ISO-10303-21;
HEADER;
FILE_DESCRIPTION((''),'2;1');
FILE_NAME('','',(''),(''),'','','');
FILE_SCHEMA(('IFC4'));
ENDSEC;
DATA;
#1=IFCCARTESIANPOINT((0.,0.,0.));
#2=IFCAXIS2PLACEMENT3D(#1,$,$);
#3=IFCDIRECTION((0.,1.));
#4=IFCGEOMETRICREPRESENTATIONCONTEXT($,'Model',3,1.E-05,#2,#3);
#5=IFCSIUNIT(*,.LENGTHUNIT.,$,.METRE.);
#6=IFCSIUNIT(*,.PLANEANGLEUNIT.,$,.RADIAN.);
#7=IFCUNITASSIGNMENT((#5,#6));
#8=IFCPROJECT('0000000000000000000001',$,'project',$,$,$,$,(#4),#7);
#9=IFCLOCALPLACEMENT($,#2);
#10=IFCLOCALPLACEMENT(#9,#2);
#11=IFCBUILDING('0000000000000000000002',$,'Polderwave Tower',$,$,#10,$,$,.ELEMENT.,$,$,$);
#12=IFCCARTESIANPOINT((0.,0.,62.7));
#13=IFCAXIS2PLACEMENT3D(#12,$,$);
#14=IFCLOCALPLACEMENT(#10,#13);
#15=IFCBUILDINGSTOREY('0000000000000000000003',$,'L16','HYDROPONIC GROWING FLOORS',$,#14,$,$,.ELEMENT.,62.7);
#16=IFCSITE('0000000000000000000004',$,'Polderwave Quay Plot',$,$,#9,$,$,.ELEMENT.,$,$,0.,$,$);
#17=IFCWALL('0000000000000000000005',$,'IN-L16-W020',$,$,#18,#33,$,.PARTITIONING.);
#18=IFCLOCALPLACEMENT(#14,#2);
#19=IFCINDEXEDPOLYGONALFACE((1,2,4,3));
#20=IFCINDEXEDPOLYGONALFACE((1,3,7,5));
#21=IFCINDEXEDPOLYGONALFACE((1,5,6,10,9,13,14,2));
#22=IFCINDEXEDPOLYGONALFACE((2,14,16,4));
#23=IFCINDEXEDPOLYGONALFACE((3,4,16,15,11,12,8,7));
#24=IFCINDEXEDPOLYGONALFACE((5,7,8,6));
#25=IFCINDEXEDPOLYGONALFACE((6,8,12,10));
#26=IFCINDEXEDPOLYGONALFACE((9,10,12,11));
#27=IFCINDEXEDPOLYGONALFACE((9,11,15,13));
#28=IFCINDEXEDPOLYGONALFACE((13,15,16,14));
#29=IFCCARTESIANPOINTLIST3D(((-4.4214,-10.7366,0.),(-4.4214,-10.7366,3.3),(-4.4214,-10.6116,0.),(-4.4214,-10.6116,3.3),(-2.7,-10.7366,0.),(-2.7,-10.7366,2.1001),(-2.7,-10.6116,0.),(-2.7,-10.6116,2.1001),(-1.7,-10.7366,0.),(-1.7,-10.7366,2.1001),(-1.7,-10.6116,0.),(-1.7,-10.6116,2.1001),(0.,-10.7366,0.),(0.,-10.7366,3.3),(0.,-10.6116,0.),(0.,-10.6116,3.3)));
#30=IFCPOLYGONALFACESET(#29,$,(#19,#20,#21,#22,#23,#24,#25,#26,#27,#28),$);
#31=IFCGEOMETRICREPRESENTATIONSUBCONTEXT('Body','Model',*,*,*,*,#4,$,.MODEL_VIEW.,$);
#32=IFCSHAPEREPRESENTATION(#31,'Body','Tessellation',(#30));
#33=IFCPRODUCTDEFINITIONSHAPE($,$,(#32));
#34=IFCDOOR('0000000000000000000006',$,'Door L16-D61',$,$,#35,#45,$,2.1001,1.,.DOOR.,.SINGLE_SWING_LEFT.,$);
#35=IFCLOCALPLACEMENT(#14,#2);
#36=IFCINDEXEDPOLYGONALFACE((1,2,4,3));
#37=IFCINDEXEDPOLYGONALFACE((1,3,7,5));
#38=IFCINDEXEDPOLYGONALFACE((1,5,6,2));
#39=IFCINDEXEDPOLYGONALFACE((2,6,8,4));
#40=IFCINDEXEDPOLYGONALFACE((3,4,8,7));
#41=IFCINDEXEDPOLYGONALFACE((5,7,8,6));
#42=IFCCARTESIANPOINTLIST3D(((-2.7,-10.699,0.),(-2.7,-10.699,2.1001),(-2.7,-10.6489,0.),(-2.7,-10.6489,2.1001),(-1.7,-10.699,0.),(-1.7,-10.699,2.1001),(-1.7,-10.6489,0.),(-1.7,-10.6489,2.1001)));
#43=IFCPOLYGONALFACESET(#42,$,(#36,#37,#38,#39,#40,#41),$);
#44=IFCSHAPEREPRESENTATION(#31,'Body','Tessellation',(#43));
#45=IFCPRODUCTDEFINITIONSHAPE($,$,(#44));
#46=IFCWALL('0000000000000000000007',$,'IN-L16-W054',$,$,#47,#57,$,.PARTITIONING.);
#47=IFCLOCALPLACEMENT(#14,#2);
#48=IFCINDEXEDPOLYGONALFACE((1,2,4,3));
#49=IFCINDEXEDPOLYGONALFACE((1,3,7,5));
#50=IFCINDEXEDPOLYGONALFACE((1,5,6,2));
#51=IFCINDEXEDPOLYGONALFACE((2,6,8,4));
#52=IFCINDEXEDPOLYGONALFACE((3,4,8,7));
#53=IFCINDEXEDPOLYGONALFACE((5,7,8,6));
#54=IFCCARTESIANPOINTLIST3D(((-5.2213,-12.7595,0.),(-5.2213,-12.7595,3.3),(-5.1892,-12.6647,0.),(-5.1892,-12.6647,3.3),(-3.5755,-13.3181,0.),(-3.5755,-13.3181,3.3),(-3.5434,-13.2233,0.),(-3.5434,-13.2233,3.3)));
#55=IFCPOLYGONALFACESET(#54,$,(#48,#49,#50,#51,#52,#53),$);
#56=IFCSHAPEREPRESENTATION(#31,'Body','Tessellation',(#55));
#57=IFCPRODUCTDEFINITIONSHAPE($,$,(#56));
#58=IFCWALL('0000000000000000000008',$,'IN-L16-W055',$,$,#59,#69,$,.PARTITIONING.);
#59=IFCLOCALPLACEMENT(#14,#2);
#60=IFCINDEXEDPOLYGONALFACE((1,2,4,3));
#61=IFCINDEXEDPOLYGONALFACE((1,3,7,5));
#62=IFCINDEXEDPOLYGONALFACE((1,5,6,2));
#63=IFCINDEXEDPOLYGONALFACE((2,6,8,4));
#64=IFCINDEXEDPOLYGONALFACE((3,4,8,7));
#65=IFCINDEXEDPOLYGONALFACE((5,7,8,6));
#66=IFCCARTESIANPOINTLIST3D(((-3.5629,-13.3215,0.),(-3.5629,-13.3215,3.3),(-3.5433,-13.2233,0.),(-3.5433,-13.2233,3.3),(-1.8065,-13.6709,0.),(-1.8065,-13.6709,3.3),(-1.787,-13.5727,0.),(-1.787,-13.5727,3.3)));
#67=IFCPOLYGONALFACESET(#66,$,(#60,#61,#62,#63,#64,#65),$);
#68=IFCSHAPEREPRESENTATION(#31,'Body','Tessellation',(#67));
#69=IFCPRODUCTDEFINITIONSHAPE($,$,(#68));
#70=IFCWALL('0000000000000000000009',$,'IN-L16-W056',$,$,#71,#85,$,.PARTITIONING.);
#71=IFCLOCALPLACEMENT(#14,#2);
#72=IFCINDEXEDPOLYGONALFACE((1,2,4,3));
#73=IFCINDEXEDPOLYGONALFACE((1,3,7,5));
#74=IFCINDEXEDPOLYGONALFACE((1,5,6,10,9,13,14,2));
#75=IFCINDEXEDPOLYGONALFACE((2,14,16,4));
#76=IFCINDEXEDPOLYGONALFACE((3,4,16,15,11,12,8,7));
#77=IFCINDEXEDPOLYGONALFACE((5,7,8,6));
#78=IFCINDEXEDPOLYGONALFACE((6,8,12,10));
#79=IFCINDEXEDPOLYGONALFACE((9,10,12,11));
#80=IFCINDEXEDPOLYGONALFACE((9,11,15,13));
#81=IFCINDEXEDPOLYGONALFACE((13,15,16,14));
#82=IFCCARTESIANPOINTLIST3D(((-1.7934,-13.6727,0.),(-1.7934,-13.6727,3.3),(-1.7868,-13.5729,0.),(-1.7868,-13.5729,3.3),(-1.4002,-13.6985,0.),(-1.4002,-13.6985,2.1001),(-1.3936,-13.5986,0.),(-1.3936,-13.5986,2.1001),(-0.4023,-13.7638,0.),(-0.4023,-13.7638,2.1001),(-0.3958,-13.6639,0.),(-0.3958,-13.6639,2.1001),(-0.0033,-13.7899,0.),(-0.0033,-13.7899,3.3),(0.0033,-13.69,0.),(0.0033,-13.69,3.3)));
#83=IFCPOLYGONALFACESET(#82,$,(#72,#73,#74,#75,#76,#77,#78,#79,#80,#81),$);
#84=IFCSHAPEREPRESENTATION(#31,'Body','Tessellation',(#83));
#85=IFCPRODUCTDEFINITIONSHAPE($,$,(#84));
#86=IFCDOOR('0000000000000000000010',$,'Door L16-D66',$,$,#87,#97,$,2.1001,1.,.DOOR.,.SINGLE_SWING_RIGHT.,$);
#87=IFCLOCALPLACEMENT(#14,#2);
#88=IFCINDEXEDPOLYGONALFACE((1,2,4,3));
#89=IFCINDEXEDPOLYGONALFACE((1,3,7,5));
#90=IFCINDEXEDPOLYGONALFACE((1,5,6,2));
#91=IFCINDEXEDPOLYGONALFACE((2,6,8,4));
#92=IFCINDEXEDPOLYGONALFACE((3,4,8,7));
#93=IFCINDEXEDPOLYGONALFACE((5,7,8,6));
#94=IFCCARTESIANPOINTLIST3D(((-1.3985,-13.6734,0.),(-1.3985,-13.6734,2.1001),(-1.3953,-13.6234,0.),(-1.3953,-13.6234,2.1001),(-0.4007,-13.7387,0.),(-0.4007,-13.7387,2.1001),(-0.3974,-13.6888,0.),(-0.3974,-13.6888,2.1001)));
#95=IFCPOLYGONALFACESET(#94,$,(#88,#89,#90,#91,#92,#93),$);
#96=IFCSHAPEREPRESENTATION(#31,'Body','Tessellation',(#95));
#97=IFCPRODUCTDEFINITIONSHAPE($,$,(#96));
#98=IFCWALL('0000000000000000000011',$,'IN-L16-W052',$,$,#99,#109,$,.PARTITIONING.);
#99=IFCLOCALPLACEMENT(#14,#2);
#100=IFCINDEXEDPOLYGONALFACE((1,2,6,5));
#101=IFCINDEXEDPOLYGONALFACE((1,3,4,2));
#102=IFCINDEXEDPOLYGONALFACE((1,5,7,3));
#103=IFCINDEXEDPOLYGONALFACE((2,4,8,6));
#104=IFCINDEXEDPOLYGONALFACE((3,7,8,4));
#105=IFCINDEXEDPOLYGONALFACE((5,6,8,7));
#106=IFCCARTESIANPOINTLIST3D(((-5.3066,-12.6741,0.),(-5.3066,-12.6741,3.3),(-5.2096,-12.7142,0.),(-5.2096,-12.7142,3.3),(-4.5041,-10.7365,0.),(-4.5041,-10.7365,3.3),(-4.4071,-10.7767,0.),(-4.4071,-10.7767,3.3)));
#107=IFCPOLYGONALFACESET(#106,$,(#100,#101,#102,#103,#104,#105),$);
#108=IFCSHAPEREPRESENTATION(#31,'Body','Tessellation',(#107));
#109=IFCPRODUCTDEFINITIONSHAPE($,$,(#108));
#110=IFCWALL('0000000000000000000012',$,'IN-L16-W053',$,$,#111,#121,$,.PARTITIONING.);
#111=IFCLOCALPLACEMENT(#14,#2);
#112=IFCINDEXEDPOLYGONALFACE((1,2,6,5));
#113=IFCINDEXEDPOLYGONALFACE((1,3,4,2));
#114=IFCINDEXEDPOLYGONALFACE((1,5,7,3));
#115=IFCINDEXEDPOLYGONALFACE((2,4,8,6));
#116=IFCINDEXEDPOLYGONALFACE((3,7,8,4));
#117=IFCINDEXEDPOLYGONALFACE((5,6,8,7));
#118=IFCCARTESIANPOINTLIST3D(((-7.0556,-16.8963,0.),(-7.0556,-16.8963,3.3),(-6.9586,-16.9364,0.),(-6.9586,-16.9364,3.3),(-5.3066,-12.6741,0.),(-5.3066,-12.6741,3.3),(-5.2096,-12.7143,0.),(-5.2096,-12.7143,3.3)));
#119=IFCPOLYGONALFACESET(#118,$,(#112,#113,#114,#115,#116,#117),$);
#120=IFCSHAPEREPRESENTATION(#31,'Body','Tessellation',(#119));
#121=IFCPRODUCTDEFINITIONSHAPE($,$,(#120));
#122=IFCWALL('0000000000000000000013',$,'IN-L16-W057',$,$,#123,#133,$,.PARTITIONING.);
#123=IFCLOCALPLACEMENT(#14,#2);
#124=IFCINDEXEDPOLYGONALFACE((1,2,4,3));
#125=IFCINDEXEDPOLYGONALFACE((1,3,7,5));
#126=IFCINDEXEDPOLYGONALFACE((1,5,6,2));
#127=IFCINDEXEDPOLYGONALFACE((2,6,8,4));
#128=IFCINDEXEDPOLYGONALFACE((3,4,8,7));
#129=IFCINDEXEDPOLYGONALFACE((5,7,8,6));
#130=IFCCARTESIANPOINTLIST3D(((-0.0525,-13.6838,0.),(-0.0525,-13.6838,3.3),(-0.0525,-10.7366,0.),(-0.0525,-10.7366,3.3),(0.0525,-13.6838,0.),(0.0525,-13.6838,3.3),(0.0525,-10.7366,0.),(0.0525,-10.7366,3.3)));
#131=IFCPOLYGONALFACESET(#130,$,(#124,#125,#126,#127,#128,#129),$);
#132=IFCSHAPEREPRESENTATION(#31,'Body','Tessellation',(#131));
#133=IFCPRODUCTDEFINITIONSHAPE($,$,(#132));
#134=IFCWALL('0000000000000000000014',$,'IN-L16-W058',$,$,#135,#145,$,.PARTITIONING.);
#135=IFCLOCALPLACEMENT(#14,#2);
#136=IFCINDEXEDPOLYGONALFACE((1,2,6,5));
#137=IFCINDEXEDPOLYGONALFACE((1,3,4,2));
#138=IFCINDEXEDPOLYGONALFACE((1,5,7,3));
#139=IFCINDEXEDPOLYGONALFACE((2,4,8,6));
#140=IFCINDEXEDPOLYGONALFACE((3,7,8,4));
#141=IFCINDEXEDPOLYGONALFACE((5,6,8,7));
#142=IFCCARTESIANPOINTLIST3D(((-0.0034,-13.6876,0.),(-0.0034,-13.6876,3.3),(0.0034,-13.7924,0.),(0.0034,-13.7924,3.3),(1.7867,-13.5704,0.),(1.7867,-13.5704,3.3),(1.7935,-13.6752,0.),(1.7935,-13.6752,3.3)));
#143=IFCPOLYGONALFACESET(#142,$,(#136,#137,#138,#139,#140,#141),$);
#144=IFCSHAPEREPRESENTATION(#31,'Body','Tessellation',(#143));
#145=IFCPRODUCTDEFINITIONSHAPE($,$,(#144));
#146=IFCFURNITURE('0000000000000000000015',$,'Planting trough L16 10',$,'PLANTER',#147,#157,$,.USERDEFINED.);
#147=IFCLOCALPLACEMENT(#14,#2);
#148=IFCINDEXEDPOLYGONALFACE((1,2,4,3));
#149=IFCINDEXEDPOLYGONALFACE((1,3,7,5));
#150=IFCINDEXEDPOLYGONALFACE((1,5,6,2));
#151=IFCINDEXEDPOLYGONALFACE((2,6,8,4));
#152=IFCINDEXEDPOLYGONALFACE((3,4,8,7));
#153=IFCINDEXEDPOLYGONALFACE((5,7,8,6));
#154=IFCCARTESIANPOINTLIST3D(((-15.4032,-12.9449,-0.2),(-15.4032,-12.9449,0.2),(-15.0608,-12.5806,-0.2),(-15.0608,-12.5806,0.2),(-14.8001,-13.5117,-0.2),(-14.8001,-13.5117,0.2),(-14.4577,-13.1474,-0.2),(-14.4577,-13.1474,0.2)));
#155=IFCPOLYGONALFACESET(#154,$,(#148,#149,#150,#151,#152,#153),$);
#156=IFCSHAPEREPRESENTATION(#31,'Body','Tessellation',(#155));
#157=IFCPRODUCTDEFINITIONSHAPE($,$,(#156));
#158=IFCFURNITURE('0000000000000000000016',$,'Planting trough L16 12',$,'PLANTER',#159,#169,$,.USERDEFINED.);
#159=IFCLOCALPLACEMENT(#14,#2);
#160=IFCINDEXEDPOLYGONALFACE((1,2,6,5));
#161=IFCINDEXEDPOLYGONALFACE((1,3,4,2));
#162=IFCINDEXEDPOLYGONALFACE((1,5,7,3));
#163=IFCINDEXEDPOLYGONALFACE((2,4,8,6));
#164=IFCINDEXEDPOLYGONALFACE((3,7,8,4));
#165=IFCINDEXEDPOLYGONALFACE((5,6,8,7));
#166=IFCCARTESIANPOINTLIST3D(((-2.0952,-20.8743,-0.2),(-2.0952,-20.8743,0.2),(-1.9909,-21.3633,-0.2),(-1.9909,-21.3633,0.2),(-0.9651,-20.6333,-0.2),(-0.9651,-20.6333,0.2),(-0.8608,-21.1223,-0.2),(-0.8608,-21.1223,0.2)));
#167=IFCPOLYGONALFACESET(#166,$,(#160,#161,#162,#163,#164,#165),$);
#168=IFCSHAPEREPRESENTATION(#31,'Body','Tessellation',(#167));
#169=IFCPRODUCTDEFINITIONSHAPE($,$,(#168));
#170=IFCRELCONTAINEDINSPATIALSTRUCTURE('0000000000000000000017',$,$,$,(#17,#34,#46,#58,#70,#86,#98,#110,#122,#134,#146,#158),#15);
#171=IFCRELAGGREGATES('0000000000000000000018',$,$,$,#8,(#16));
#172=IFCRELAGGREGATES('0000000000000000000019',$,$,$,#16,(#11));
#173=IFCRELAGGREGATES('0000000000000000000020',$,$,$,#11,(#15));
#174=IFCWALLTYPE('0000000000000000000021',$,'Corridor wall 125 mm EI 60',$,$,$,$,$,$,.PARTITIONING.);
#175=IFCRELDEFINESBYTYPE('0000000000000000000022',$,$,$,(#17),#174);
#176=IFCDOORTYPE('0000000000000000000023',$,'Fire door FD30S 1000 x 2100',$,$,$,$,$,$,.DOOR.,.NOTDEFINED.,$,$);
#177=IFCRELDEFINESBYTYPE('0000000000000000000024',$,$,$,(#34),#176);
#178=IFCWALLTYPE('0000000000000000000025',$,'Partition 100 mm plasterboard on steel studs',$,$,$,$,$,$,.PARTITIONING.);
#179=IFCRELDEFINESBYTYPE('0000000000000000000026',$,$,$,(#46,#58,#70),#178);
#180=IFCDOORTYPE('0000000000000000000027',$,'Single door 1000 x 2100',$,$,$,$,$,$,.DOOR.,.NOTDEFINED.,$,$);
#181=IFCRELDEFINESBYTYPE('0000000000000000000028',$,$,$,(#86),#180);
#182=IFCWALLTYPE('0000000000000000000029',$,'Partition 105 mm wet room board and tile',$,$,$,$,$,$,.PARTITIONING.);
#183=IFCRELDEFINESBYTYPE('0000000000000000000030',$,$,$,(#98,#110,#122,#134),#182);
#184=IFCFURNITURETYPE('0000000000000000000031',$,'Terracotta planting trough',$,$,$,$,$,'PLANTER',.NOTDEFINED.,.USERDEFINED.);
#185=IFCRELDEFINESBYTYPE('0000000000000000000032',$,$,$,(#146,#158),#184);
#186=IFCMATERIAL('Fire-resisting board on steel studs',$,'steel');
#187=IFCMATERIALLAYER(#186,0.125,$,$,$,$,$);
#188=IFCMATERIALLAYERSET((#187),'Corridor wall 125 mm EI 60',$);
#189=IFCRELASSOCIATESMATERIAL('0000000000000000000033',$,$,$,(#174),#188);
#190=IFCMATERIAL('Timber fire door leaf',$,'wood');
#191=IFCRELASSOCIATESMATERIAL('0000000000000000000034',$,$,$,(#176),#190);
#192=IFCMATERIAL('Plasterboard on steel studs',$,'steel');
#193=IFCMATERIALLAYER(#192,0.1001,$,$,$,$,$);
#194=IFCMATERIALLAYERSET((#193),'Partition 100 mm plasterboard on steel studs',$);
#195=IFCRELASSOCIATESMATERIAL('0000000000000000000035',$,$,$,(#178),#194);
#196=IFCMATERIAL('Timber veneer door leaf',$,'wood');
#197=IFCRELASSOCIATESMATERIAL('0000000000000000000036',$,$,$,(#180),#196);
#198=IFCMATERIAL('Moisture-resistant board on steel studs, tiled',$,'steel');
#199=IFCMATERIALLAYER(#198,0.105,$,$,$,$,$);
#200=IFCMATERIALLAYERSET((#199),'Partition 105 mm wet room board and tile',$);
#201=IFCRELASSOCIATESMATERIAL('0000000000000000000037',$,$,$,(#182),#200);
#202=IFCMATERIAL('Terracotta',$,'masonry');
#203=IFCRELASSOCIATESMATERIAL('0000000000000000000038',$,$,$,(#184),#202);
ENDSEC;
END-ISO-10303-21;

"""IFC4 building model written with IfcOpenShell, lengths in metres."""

from ifc_helpers import new_model, si_unit, direction, frame, frame_2d, origin, origin_2d, place, context, subcontext, project, spatial, rectangle, extrude, material, layer, layer_set, type_object, element, fill, save


model = new_model("IFC4")

# Units and contexts
model_context = context("Model", 3, precision=1e-05, world=origin(), true_north=direction((0.0, 1.0)))
body_context = subcontext(model_context, "Body", "Model", "MODEL_VIEW")
ifc_project = project(units=[si_unit("LENGTHUNIT", "METRE"), si_unit("PLANEANGLEUNIT", "RADIAN")], contexts=[model_context])

# Site, building, storey
site_placement = place(None, origin())
site = spatial("IfcSite", under=ifc_project, at=site_placement, Name="Polderwave Quay Plot", CompositionType="ELEMENT", RefElevation=0.0)
building_placement = place(site_placement, origin())
building = spatial("IfcBuilding", under=site, at=building_placement, Name="Polderwave Tower", CompositionType="ELEMENT")
storey_placement = place(building_placement, frame((0.0, 0.0, 62.7)))
storey = spatial("IfcBuildingStorey", under=building, at=storey_placement, Name="L16", Description="HYDROPONIC GROWING FLOORS", CompositionType="ELEMENT", Elevation=62.7)

# Shared definitions
ifc_material_1 = material(Name="Fire-resisting board on steel studs", Category="steel")
ifc_layer_1 = layer(ifc_material_1, 0.125)
ifc_layer_set_1 = layer_set([ifc_layer_1], Name="Corridor wall 125 mm EI 60")
wall_type_1 = type_object("IfcWallType", Name="Corridor wall 125 mm EI 60", PredefinedType="PARTITIONING", material=ifc_layer_set_1)

# Wall, opening, door
wall_1_placement = place(storey_placement, frame((0.0, -10.6741, 0.0), z_axis=(0.0, 0.0, 1.0), x_axis=(-1.0, 0.0, 0.0)))
wall_1 = element("IfcWall", 1, at=wall_1_placement, inside=storey, type_object=wall_type_1, Name="IN-L16-W020", PredefinedType="PARTITIONING", context=body_context, shape_type="SweptSolid", body=[
    extrude(rectangle(XDim=4.4214, YDim=0.125, at=frame_2d((2.2107, 0.0))), origin(), (0.0, 0.0, 1.0), 3.3),
])
opening_1_placement = place(wall_1_placement, frame((1.7, 0.0, 0.0)))
opening_1 = element("IfcOpeningElement", 2, at=opening_1_placement, cuts=wall_1, PredefinedType="OPENING", context=body_context, shape_type="SweptSolid", body=[
    extrude(rectangle(XDim=1.0, YDim=2.1001, at=frame_2d((0.5, 1.05))), frame((0.0, 0.0725, 0.0), z_axis=(0.0, -1.0, 0.0), x_axis=(1.0, 0.0, 0.0)), (0.0, 0.0, 1.0), 0.145),
])
ifc_material_2 = material(Name="Timber fire door leaf", Category="wood")
door_type_1 = type_object("IfcDoorType", Name="Fire door FD30S 1000 x 2100", OperationType="NOTDEFINED", PredefinedType="DOOR", material=ifc_material_2)
door_1_placement = place(opening_1_placement, origin())
door_1 = element("IfcDoor", 3, at=door_1_placement, inside=storey, type_object=door_type_1, Name="Door L16-D61", OperationType="SINGLE_SWING_LEFT", OverallHeight=2.1001, OverallWidth=1.0, PredefinedType="DOOR", context=body_context, shape_type="SweptSolid", body=[
    extrude(rectangle(XDim=1.0, YDim=2.1001, at=frame_2d((0.5, 1.05))), frame((0.0, 0.0249, 0.0), z_axis=(0.0, -1.0, 0.0), x_axis=(1.0, 0.0, 0.0)), (0.0, 0.0, 1.0), 0.05),
])
fill(opening_1, door_1)

# Walls
ifc_material_3 = material(Name="Plasterboard on steel studs", Category="steel")
ifc_layer_2 = layer(ifc_material_3, 0.1001)
ifc_layer_set_2 = layer_set([ifc_layer_2], Name="Partition 100 mm plasterboard on steel studs")
wall_type_2 = type_object("IfcWallType", Name="Partition 100 mm plasterboard on steel studs", PredefinedType="PARTITIONING", material=ifc_layer_set_2)
wall_2_placement = place(storey_placement, frame((-3.5593, -13.2708, 0.0), z_axis=(0.0, 0.0, 1.0), x_axis=(-0.946941, 0.321407, 0.0)))
element("IfcWall", 4, at=wall_2_placement, inside=storey, type_object=wall_type_2, Name="IN-L16-W054", PredefinedType="PARTITIONING", context=body_context, shape_type="SweptSolid", body=[
    extrude(rectangle(XDim=1.738, YDim=0.1001, at=frame_2d((0.8691, 0.0))), origin(), (0.0, 0.0, 1.0), 3.3),
])
wall_3_placement = place(storey_placement, frame((-1.7966, -13.6218, 0.0), z_axis=(0.0, 0.0, 1.0), x_axis=(-0.980785, 0.195094, 0.0)))
element("IfcWall", 5, at=wall_3_placement, inside=storey, type_object=wall_type_2, Name="IN-L16-W055", PredefinedType="PARTITIONING", context=body_context, shape_type="SweptSolid", body=[
    extrude(rectangle(XDim=1.7908, YDim=0.1001, at=frame_2d((0.8955, 0.0))), origin(), (0.0, 0.0, 1.0), 3.3),
])

# Wall, opening, door
wall_4_placement = place(storey_placement, frame((0.0, -13.74, 0.0), z_axis=(0.0, 0.0, 1.0), x_axis=(-0.997864, 0.065327, 0.0)))
wall_4 = element("IfcWall", 6, at=wall_4_placement, inside=storey, type_object=wall_type_2, Name="IN-L16-W056", PredefinedType="PARTITIONING", context=body_context, shape_type="SweptSolid", body=[
    extrude(rectangle(XDim=1.7939, YDim=0.1001, at=frame_2d((0.897, 0.0))), origin(), (0.0, 0.0, 1.0), 3.3),
])
opening_2_placement = place(wall_4_placement, frame((0.3999, 0.0, 0.0)))
opening_2 = element("IfcOpeningElement", 7, at=opening_2_placement, cuts=wall_4, PredefinedType="OPENING", context=body_context, shape_type="SweptSolid", body=[
    extrude(rectangle(XDim=1.0, YDim=2.1001, at=frame_2d((0.5, 1.05))), frame((0.0, 0.0601, 0.0), z_axis=(0.0, -1.0, 0.0), x_axis=(1.0, 0.0, 0.0)), (0.0, 0.0, 1.0), 0.1201),
])
ifc_material_4 = material(Name="Timber veneer door leaf", Category="wood")
door_type_2 = type_object("IfcDoorType", Name="Single door 1000 x 2100", OperationType="NOTDEFINED", PredefinedType="DOOR", material=ifc_material_4)
door_2_placement = place(opening_2_placement, origin())
door_2 = element("IfcDoor", 8, at=door_2_placement, inside=storey, type_object=door_type_2, Name="Door L16-D66", OperationType="SINGLE_SWING_RIGHT", OverallHeight=2.1001, OverallWidth=1.0, PredefinedType="DOOR", context=body_context, shape_type="SweptSolid", body=[
    extrude(rectangle(XDim=1.0, YDim=2.1001, at=frame_2d((0.5, 1.05))), frame((0.0, 0.0249, 0.0), z_axis=(0.0, -1.0, 0.0), x_axis=(1.0, 0.0, 0.0)), (0.0, 0.0, 1.0), 0.05),
])
fill(opening_2, door_2)

# Walls
ifc_material_5 = material(Name="Moisture-resistant board on steel studs, tiled", Category="steel")
ifc_layer_3 = layer(ifc_material_5, 0.105)
ifc_layer_set_3 = layer_set([ifc_layer_3], Name="Partition 105 mm wet room board and tile")
wall_type_3 = type_object("IfcWallType", Name="Partition 105 mm wet room board and tile", PredefinedType="PARTITIONING", material=ifc_layer_set_3)
wall_5_placement = place(storey_placement, frame((-4.4556, -10.7566, 0.0), z_axis=(0.0, 0.0, 1.0), x_axis=(-0.382664, -0.923888, 0.0)))
element("IfcWall", 9, at=wall_5_placement, inside=storey, type_object=wall_type_3, Name="IN-L16-W052", PredefinedType="PARTITIONING", context=body_context, shape_type="SweptSolid", body=[
    extrude(rectangle(XDim=2.0972, YDim=0.105, at=frame_2d((1.0486, 0.0))), origin(), (0.0, 0.0, 1.0), 3.3),
])
wall_6_placement = place(storey_placement, frame((-5.2581, -12.6941, 0.0), z_axis=(0.0, 0.0, 1.0), x_axis=(-0.38271, -0.923868, 0.0)))
element("IfcWall", 10, at=wall_6_placement, inside=storey, type_object=wall_type_3, Name="IN-L16-W053", PredefinedType="PARTITIONING", context=body_context, shape_type="SweptSolid", body=[
    extrude(rectangle(XDim=4.5701, YDim=0.105, at=frame_2d((2.2852, 0.0))), origin(), (0.0, 0.0, 1.0), 3.3),
])
wall_7_placement = place(storey_placement, frame((0.0, -10.7366, 0.0), z_axis=(0.0, 0.0, 1.0), x_axis=(0.0, -1.0, 0.0)))
element("IfcWall", 11, at=wall_7_placement, inside=storey, type_object=wall_type_3, Name="IN-L16-W057", PredefinedType="PARTITIONING", context=body_context, shape_type="SweptSolid", body=[
    extrude(rectangle(XDim=2.9473, YDim=0.105, at=frame_2d((1.4736, 0.0))), origin(), (0.0, 0.0, 1.0), 3.3),
])
wall_8_placement = place(storey_placement, frame((0.0, -13.74, 0.0), z_axis=(0.0, 0.0, 1.0), x_axis=(0.997864, 0.065327, 0.0)))
element("IfcWall", 12, at=wall_8_placement, inside=storey, type_object=wall_type_3, Name="IN-L16-W058", PredefinedType="PARTITIONING", context=body_context, shape_type="SweptSolid", body=[
    extrude(rectangle(XDim=1.7939, YDim=0.105, at=frame_2d((0.897, 0.0))), origin(), (0.0, 0.0, 1.0), 3.3),
])

# Furniture
ifc_material_6 = material(Name="Terracotta", Category="masonry")
furniture_type = type_object("IfcFurnitureType", Name="Terracotta planting trough", ElementType="PLANTER", AssemblyPlace="NOTDEFINED", PredefinedType="USERDEFINED", material=ifc_material_6)
furniture_1_placement = place(storey_placement, frame((-14.9304, -13.0461, -0.2), z_axis=(0.0, 0.0, 1.0), x_axis=(0.728687, -0.684847, 0.0)))
element("IfcFurniture", 13, at=furniture_1_placement, inside=storey, type_object=furniture_type, Name="Planting trough L16 10", ObjectType="PLANTER", PredefinedType="USERDEFINED", context=body_context, shape_type="SweptSolid", body=[
    extrude(rectangle(XDim=0.8276, YDim=0.5, at=origin_2d()), origin(), (0.0, 0.0, 1.0), 0.3999),
])
furniture_2_placement = place(storey_placement, frame((-1.478, -20.9983, -0.2), z_axis=(0.0, 0.0, 1.0), x_axis=(0.978005, 0.208579, 0.0)))
element("IfcFurniture", 14, at=furniture_2_placement, inside=storey, type_object=furniture_type, Name="Planting trough L16 12", ObjectType="PLANTER", PredefinedType="USERDEFINED", context=body_context, shape_type="SweptSolid", body=[
    extrude(rectangle(XDim=1.1555, YDim=0.5, at=origin_2d()), origin(), (0.0, 0.0, 1.0), 0.3999),
])

save(model, "model.ifc")
